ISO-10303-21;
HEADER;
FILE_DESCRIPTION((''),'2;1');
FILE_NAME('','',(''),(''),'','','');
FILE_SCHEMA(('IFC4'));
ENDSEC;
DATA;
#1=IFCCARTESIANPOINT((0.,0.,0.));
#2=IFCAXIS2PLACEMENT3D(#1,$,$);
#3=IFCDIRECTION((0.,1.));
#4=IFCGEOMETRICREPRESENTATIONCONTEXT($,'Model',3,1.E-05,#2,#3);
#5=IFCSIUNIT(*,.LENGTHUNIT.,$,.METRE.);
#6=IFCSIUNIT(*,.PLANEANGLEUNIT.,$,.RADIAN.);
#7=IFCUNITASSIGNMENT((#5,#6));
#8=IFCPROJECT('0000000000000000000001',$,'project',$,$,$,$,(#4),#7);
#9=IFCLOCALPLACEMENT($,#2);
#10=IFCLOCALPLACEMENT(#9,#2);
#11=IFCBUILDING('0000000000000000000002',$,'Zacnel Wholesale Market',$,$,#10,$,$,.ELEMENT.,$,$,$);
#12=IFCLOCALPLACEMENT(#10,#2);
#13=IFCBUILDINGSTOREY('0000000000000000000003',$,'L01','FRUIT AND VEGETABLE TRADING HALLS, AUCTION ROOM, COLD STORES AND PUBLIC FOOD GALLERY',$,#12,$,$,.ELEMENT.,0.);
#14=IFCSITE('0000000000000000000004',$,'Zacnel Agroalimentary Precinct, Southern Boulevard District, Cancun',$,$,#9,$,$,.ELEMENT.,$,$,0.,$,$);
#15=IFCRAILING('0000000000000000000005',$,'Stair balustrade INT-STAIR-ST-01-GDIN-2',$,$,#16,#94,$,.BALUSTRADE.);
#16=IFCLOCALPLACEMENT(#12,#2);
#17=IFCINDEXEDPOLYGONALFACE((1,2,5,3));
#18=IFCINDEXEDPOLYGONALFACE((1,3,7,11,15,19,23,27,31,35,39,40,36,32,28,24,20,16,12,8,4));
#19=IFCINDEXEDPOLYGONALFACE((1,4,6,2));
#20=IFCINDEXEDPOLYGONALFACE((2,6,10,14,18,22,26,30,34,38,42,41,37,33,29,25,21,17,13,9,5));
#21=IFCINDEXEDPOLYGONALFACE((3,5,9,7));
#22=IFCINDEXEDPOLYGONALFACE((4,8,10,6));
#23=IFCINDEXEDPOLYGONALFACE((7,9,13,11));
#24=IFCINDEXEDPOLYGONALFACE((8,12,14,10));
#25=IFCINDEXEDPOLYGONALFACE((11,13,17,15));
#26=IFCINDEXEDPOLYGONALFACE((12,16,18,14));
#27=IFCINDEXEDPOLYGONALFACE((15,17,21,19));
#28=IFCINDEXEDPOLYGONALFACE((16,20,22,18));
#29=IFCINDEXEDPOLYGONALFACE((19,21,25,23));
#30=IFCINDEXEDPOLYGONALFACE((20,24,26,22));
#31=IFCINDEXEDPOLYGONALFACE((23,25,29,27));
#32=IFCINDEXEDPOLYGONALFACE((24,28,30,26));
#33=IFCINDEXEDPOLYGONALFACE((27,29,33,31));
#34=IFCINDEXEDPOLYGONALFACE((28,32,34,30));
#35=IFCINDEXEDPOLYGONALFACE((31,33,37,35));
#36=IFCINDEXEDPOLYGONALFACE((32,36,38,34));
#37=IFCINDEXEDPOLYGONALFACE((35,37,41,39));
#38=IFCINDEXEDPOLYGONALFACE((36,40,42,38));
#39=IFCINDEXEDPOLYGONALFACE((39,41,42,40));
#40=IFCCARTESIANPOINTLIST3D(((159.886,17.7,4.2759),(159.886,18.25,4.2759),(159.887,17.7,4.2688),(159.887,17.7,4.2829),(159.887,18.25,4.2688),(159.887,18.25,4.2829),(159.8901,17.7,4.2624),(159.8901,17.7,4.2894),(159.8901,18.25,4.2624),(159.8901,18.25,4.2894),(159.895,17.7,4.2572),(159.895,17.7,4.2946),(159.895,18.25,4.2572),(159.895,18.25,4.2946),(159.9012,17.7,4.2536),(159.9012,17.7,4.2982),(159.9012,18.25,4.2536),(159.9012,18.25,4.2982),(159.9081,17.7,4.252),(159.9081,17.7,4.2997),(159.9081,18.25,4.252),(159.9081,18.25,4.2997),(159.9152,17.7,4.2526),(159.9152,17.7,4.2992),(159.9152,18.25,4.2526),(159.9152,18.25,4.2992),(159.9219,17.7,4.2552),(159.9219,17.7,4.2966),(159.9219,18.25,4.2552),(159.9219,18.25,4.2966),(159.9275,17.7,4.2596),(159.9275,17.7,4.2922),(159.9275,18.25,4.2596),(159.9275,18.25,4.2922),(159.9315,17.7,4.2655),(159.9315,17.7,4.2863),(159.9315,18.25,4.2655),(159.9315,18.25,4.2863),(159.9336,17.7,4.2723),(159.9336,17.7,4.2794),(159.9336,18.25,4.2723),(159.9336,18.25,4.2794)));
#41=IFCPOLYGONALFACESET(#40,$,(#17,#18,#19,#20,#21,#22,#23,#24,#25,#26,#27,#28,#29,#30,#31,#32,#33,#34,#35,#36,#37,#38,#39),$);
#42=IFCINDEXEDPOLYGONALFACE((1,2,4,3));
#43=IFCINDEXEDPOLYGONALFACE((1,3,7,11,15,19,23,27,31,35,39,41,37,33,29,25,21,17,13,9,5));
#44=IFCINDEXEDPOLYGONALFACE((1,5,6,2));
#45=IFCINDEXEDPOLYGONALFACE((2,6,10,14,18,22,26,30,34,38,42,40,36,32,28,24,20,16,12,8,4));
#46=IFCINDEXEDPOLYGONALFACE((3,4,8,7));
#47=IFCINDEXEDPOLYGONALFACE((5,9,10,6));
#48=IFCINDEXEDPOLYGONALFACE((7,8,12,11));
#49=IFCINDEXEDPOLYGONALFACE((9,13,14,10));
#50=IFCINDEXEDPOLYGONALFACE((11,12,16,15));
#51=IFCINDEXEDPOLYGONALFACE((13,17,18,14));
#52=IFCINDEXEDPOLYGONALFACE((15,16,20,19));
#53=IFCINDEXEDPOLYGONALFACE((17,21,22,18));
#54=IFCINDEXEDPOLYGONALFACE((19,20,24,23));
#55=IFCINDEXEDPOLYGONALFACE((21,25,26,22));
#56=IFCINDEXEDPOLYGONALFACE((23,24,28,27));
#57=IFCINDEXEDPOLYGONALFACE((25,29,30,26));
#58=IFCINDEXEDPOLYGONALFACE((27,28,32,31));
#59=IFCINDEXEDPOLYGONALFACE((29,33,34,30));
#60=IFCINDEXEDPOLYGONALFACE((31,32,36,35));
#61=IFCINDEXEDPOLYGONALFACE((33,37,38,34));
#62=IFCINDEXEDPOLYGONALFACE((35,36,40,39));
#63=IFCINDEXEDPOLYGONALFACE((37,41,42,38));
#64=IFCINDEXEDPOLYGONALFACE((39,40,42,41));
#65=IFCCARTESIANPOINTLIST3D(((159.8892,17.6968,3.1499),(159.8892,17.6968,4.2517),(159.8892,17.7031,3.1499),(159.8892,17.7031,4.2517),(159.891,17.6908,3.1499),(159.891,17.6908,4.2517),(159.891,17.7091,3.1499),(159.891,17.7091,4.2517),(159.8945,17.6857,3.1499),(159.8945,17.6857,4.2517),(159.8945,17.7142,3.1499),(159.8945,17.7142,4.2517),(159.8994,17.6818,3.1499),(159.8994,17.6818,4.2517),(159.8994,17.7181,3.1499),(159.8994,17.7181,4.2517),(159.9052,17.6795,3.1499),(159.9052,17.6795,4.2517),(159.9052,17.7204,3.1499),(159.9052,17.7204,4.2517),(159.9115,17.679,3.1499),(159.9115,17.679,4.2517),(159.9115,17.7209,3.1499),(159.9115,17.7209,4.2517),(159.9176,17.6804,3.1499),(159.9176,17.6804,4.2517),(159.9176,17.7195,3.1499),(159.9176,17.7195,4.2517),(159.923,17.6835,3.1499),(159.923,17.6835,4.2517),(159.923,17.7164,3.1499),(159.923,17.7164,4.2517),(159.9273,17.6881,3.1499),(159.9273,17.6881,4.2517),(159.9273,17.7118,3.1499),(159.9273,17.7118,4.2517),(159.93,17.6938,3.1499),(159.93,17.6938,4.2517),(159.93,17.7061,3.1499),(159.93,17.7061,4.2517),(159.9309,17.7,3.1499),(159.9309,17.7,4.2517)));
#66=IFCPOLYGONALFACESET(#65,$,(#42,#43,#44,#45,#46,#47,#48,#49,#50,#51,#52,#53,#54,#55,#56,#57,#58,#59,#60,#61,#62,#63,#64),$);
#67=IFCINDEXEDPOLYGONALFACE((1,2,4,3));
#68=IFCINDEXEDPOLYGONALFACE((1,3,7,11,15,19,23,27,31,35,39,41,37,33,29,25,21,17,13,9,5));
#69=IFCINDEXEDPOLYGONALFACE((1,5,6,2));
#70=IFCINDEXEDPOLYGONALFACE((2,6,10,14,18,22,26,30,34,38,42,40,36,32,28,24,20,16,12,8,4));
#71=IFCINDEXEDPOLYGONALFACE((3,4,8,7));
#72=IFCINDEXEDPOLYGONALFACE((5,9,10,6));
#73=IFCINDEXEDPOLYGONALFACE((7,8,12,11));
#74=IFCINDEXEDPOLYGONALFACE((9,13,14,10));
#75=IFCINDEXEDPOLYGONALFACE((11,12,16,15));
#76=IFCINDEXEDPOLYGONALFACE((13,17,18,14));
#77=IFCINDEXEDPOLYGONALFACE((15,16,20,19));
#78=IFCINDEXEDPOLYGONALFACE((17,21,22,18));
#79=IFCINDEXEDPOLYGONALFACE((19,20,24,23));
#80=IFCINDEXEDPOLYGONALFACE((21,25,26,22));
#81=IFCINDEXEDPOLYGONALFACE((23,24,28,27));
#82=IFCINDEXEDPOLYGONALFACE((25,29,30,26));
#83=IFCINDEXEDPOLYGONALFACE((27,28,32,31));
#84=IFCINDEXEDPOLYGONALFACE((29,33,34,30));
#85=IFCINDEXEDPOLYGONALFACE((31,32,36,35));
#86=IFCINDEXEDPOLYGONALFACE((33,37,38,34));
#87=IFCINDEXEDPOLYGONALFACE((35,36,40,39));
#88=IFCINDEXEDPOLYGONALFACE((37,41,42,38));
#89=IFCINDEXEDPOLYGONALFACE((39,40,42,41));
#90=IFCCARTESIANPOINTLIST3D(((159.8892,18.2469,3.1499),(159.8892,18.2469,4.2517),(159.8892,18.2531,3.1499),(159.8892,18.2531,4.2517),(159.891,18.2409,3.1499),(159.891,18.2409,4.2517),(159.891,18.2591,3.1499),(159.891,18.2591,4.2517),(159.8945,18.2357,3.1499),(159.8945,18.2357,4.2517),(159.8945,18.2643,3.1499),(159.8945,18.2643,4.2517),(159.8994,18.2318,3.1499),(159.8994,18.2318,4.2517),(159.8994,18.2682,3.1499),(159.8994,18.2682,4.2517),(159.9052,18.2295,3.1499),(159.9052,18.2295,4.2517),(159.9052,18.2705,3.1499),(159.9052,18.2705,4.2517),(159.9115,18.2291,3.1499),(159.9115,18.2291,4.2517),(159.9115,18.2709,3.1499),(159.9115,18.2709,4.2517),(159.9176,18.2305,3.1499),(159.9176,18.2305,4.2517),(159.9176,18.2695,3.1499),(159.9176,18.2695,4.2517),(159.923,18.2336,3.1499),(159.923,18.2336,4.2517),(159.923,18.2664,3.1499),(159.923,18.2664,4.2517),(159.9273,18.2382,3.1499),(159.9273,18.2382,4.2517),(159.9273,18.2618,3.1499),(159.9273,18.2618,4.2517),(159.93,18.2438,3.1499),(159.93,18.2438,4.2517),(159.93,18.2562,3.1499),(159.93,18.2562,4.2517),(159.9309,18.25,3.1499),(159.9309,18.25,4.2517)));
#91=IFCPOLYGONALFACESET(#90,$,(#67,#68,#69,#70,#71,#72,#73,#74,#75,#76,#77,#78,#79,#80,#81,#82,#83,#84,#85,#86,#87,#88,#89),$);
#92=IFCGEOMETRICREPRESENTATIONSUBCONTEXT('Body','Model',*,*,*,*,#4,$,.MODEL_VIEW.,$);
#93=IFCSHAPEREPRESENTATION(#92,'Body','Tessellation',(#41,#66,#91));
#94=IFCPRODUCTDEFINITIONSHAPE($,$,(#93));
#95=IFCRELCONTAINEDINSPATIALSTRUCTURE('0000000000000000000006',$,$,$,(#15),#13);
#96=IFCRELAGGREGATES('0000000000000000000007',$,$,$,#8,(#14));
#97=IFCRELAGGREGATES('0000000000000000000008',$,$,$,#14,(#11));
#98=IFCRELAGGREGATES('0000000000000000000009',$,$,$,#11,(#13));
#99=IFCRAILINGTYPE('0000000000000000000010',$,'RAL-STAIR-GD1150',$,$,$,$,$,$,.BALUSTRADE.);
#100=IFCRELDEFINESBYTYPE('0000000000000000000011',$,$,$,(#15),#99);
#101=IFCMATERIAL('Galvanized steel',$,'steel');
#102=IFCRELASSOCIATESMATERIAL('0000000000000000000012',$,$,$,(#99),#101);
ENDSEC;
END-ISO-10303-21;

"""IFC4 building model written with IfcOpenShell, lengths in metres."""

from ifc_helpers import new_model, si_unit, direction, frame, origin, origin_2d, place, context, subcontext, project, spatial, circle, extrude, material, type_object, element, save


model = new_model("IFC4")

# Units and contexts
model_context = context("Model", 3, precision=1e-05, world=origin(), true_north=direction((0.0, 1.0)))
body_context = subcontext(model_context, "Body", "Model", "MODEL_VIEW")
ifc_project = project(units=[si_unit("LENGTHUNIT", "METRE"), si_unit("PLANEANGLEUNIT", "RADIAN")], contexts=[model_context])

# Site, building, storey
site_placement = place(None, origin())
site = spatial("IfcSite", under=ifc_project, at=site_placement, Name="Zacnel Agroalimentary Precinct, Southern Boulevard District, Cancun", CompositionType="ELEMENT", RefElevation=0.0)
building_placement = place(site_placement, origin())
building = spatial("IfcBuilding", under=site, at=building_placement, Name="Zacnel Wholesale Market", CompositionType="ELEMENT")
storey_placement = place(building_placement, origin())
storey = spatial("IfcBuildingStorey", under=building, at=storey_placement, Name="L01", Description="FRUIT AND VEGETABLE TRADING HALLS, AUCTION ROOM, COLD STORES AND PUBLIC FOOD GALLERY", CompositionType="ELEMENT", Elevation=0.0)

# Railing
ifc_material_1 = material(Name="Galvanized steel", Category="steel")
railing_type_1 = type_object("IfcRailingType", Name="RAL-STAIR-GD1150", PredefinedType="BALUSTRADE", material=ifc_material_1)
railing_1_placement = place(storey_placement, frame((159.9099, 17.7, 3.1499)))
element("IfcRailing", 1, at=railing_1_placement, inside=storey, type_object=railing_type_1, Name="Stair balustrade INT-STAIR-ST-01-GDIN-2", PredefinedType="BALUSTRADE", context=body_context, shape_type="SweptSolid", body=[
    extrude(circle(Radius=0.0239, at=origin_2d()), frame((0.0, 0.0, 1.126), z_axis=(0.0, 1.0, 0.0), x_axis=(-1.0, 0.0, 0.0)), (0.0, 0.0, 1.0), 0.55),
    extrude(circle(Radius=0.021, at=origin_2d()), origin(), (0.0, 0.0, 1.0), 1.1018),
    extrude(circle(Radius=0.021, at=origin_2d()), frame((0.0, 0.55, 0.0)), (0.0, 0.0, 1.0), 1.1018),
])

save(model, "model.ifc")
